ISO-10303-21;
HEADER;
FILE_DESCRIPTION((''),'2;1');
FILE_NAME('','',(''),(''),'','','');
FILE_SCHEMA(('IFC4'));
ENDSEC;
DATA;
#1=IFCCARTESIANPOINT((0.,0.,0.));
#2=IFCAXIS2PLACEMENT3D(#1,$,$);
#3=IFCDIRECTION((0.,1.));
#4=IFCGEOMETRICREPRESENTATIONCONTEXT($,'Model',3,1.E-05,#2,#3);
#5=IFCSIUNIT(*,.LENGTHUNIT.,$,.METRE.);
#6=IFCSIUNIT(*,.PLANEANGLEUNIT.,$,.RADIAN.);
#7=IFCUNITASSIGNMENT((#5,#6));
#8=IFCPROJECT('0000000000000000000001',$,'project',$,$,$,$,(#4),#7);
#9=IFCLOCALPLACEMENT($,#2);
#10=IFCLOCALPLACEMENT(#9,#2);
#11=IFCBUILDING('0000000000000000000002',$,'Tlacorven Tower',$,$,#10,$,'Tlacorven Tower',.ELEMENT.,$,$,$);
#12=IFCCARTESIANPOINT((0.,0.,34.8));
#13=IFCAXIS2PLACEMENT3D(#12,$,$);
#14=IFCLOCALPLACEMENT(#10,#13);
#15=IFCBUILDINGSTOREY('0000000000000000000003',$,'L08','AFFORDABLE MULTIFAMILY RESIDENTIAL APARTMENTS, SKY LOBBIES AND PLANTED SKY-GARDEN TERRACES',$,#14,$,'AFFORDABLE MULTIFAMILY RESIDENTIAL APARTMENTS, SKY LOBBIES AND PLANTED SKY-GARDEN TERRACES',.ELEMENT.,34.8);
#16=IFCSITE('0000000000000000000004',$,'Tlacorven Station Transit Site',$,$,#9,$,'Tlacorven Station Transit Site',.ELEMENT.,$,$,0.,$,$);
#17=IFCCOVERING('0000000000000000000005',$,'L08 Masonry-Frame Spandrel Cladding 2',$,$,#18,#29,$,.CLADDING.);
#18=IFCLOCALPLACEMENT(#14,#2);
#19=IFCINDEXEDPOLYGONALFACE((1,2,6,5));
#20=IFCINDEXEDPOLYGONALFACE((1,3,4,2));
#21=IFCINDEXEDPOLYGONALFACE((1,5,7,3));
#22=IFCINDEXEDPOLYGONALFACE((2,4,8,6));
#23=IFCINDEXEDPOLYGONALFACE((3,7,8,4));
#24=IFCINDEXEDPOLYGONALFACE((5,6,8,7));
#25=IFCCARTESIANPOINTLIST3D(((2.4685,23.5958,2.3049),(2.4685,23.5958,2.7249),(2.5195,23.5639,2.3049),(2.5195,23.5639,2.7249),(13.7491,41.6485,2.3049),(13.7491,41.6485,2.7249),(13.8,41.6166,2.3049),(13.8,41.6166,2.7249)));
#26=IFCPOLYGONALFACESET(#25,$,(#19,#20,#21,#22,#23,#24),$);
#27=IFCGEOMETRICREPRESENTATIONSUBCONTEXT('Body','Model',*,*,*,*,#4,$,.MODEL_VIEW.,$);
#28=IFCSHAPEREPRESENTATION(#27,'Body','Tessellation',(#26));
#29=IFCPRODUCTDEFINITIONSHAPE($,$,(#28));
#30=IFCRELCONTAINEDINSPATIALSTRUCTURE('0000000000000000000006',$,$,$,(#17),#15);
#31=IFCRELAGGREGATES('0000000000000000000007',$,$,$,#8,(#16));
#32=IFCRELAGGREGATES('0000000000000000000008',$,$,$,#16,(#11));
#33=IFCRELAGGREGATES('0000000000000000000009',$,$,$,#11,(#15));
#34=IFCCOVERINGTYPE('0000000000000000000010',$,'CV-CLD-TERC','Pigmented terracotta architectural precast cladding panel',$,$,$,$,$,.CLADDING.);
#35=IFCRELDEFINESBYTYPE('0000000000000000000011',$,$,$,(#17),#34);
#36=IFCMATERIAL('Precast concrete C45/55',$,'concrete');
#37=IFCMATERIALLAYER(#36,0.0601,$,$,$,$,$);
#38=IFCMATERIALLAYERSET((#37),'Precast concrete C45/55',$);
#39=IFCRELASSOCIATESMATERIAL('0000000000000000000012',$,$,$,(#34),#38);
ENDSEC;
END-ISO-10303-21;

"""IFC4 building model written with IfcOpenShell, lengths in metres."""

from ifc_helpers import new_model, si_unit, direction, frame, origin, origin_2d, place, context, subcontext, project, spatial, rectangle, extrude, source, transform, mapped, material, layer, layer_set, type_object, element, save


model = new_model("IFC4")

# Units and contexts
model_context = context("Model", 3, precision=1e-05, world=origin(), true_north=direction((0.0, 1.0)))
body_context = subcontext(model_context, "Body", "Model", "MODEL_VIEW")
ifc_project = project(units=[si_unit("LENGTHUNIT", "METRE"), si_unit("PLANEANGLEUNIT", "RADIAN")], contexts=[model_context])

# Site, building, storey
site_placement = place(None, origin())
site = spatial("IfcSite", under=ifc_project, at=site_placement, Name="Tlacorven Station Transit Site", LongName="Tlacorven Station Transit Site", CompositionType="ELEMENT", RefElevation=0.0)
building_placement = place(site_placement, origin())
building = spatial("IfcBuilding", under=site, at=building_placement, Name="Tlacorven Tower", LongName="Tlacorven Tower", CompositionType="ELEMENT")
storey_placement = place(building_placement, frame((0.0, 0.0, 34.8)))
storey = spatial("IfcBuildingStorey", under=building, at=storey_placement, Name="L08", Description="AFFORDABLE MULTIFAMILY RESIDENTIAL APARTMENTS, SKY LOBBIES AND PLANTED SKY-GARDEN TERRACES", LongName="AFFORDABLE MULTIFAMILY RESIDENTIAL APARTMENTS, SKY LOBBIES AND PLANTED SKY-GARDEN TERRACES", CompositionType="ELEMENT", Elevation=34.8)

# Shared definitions
ifc_material_1 = material(Name="Precast concrete C45/55", Category="concrete")

# Covering
ifc_layer_1 = layer(ifc_material_1, 0.0601)
ifc_layer_set_1 = layer_set([ifc_layer_1], Name="Precast concrete C45/55")
covering_type = type_object("IfcCoveringType", Name="CV-CLD-TERC", Description="Pigmented terracotta architectural precast cladding panel", PredefinedType="CLADDING", material=ifc_layer_set_1)
shared_shape_1 = source(origin(), body_context, "Body", "SweptSolid", [
    extrude(rectangle(XDim=21.2874, YDim=0.0601, at=origin_2d()), origin(), (0.0, 0.0, 1.0), 0.4199),
])
covering_placement = place(storey_placement, frame((8.1343, 32.6062, 2.3049), z_axis=(0.0, 0.0, 1.0), x_axis=(0.529919, 0.848048, 0.0)))
element("IfcCovering", 1, at=covering_placement, inside=storey, type_object=covering_type, Name="L08 Masonry-Frame Spandrel Cladding 2", PredefinedType="CLADDING", context=body_context, shape_type="MappedRepresentation", body=[
    mapped(shared_shape_1, transform((0.0, 0.0, 0.0), scale=1.0)),
])

save(model, "model.ifc")
